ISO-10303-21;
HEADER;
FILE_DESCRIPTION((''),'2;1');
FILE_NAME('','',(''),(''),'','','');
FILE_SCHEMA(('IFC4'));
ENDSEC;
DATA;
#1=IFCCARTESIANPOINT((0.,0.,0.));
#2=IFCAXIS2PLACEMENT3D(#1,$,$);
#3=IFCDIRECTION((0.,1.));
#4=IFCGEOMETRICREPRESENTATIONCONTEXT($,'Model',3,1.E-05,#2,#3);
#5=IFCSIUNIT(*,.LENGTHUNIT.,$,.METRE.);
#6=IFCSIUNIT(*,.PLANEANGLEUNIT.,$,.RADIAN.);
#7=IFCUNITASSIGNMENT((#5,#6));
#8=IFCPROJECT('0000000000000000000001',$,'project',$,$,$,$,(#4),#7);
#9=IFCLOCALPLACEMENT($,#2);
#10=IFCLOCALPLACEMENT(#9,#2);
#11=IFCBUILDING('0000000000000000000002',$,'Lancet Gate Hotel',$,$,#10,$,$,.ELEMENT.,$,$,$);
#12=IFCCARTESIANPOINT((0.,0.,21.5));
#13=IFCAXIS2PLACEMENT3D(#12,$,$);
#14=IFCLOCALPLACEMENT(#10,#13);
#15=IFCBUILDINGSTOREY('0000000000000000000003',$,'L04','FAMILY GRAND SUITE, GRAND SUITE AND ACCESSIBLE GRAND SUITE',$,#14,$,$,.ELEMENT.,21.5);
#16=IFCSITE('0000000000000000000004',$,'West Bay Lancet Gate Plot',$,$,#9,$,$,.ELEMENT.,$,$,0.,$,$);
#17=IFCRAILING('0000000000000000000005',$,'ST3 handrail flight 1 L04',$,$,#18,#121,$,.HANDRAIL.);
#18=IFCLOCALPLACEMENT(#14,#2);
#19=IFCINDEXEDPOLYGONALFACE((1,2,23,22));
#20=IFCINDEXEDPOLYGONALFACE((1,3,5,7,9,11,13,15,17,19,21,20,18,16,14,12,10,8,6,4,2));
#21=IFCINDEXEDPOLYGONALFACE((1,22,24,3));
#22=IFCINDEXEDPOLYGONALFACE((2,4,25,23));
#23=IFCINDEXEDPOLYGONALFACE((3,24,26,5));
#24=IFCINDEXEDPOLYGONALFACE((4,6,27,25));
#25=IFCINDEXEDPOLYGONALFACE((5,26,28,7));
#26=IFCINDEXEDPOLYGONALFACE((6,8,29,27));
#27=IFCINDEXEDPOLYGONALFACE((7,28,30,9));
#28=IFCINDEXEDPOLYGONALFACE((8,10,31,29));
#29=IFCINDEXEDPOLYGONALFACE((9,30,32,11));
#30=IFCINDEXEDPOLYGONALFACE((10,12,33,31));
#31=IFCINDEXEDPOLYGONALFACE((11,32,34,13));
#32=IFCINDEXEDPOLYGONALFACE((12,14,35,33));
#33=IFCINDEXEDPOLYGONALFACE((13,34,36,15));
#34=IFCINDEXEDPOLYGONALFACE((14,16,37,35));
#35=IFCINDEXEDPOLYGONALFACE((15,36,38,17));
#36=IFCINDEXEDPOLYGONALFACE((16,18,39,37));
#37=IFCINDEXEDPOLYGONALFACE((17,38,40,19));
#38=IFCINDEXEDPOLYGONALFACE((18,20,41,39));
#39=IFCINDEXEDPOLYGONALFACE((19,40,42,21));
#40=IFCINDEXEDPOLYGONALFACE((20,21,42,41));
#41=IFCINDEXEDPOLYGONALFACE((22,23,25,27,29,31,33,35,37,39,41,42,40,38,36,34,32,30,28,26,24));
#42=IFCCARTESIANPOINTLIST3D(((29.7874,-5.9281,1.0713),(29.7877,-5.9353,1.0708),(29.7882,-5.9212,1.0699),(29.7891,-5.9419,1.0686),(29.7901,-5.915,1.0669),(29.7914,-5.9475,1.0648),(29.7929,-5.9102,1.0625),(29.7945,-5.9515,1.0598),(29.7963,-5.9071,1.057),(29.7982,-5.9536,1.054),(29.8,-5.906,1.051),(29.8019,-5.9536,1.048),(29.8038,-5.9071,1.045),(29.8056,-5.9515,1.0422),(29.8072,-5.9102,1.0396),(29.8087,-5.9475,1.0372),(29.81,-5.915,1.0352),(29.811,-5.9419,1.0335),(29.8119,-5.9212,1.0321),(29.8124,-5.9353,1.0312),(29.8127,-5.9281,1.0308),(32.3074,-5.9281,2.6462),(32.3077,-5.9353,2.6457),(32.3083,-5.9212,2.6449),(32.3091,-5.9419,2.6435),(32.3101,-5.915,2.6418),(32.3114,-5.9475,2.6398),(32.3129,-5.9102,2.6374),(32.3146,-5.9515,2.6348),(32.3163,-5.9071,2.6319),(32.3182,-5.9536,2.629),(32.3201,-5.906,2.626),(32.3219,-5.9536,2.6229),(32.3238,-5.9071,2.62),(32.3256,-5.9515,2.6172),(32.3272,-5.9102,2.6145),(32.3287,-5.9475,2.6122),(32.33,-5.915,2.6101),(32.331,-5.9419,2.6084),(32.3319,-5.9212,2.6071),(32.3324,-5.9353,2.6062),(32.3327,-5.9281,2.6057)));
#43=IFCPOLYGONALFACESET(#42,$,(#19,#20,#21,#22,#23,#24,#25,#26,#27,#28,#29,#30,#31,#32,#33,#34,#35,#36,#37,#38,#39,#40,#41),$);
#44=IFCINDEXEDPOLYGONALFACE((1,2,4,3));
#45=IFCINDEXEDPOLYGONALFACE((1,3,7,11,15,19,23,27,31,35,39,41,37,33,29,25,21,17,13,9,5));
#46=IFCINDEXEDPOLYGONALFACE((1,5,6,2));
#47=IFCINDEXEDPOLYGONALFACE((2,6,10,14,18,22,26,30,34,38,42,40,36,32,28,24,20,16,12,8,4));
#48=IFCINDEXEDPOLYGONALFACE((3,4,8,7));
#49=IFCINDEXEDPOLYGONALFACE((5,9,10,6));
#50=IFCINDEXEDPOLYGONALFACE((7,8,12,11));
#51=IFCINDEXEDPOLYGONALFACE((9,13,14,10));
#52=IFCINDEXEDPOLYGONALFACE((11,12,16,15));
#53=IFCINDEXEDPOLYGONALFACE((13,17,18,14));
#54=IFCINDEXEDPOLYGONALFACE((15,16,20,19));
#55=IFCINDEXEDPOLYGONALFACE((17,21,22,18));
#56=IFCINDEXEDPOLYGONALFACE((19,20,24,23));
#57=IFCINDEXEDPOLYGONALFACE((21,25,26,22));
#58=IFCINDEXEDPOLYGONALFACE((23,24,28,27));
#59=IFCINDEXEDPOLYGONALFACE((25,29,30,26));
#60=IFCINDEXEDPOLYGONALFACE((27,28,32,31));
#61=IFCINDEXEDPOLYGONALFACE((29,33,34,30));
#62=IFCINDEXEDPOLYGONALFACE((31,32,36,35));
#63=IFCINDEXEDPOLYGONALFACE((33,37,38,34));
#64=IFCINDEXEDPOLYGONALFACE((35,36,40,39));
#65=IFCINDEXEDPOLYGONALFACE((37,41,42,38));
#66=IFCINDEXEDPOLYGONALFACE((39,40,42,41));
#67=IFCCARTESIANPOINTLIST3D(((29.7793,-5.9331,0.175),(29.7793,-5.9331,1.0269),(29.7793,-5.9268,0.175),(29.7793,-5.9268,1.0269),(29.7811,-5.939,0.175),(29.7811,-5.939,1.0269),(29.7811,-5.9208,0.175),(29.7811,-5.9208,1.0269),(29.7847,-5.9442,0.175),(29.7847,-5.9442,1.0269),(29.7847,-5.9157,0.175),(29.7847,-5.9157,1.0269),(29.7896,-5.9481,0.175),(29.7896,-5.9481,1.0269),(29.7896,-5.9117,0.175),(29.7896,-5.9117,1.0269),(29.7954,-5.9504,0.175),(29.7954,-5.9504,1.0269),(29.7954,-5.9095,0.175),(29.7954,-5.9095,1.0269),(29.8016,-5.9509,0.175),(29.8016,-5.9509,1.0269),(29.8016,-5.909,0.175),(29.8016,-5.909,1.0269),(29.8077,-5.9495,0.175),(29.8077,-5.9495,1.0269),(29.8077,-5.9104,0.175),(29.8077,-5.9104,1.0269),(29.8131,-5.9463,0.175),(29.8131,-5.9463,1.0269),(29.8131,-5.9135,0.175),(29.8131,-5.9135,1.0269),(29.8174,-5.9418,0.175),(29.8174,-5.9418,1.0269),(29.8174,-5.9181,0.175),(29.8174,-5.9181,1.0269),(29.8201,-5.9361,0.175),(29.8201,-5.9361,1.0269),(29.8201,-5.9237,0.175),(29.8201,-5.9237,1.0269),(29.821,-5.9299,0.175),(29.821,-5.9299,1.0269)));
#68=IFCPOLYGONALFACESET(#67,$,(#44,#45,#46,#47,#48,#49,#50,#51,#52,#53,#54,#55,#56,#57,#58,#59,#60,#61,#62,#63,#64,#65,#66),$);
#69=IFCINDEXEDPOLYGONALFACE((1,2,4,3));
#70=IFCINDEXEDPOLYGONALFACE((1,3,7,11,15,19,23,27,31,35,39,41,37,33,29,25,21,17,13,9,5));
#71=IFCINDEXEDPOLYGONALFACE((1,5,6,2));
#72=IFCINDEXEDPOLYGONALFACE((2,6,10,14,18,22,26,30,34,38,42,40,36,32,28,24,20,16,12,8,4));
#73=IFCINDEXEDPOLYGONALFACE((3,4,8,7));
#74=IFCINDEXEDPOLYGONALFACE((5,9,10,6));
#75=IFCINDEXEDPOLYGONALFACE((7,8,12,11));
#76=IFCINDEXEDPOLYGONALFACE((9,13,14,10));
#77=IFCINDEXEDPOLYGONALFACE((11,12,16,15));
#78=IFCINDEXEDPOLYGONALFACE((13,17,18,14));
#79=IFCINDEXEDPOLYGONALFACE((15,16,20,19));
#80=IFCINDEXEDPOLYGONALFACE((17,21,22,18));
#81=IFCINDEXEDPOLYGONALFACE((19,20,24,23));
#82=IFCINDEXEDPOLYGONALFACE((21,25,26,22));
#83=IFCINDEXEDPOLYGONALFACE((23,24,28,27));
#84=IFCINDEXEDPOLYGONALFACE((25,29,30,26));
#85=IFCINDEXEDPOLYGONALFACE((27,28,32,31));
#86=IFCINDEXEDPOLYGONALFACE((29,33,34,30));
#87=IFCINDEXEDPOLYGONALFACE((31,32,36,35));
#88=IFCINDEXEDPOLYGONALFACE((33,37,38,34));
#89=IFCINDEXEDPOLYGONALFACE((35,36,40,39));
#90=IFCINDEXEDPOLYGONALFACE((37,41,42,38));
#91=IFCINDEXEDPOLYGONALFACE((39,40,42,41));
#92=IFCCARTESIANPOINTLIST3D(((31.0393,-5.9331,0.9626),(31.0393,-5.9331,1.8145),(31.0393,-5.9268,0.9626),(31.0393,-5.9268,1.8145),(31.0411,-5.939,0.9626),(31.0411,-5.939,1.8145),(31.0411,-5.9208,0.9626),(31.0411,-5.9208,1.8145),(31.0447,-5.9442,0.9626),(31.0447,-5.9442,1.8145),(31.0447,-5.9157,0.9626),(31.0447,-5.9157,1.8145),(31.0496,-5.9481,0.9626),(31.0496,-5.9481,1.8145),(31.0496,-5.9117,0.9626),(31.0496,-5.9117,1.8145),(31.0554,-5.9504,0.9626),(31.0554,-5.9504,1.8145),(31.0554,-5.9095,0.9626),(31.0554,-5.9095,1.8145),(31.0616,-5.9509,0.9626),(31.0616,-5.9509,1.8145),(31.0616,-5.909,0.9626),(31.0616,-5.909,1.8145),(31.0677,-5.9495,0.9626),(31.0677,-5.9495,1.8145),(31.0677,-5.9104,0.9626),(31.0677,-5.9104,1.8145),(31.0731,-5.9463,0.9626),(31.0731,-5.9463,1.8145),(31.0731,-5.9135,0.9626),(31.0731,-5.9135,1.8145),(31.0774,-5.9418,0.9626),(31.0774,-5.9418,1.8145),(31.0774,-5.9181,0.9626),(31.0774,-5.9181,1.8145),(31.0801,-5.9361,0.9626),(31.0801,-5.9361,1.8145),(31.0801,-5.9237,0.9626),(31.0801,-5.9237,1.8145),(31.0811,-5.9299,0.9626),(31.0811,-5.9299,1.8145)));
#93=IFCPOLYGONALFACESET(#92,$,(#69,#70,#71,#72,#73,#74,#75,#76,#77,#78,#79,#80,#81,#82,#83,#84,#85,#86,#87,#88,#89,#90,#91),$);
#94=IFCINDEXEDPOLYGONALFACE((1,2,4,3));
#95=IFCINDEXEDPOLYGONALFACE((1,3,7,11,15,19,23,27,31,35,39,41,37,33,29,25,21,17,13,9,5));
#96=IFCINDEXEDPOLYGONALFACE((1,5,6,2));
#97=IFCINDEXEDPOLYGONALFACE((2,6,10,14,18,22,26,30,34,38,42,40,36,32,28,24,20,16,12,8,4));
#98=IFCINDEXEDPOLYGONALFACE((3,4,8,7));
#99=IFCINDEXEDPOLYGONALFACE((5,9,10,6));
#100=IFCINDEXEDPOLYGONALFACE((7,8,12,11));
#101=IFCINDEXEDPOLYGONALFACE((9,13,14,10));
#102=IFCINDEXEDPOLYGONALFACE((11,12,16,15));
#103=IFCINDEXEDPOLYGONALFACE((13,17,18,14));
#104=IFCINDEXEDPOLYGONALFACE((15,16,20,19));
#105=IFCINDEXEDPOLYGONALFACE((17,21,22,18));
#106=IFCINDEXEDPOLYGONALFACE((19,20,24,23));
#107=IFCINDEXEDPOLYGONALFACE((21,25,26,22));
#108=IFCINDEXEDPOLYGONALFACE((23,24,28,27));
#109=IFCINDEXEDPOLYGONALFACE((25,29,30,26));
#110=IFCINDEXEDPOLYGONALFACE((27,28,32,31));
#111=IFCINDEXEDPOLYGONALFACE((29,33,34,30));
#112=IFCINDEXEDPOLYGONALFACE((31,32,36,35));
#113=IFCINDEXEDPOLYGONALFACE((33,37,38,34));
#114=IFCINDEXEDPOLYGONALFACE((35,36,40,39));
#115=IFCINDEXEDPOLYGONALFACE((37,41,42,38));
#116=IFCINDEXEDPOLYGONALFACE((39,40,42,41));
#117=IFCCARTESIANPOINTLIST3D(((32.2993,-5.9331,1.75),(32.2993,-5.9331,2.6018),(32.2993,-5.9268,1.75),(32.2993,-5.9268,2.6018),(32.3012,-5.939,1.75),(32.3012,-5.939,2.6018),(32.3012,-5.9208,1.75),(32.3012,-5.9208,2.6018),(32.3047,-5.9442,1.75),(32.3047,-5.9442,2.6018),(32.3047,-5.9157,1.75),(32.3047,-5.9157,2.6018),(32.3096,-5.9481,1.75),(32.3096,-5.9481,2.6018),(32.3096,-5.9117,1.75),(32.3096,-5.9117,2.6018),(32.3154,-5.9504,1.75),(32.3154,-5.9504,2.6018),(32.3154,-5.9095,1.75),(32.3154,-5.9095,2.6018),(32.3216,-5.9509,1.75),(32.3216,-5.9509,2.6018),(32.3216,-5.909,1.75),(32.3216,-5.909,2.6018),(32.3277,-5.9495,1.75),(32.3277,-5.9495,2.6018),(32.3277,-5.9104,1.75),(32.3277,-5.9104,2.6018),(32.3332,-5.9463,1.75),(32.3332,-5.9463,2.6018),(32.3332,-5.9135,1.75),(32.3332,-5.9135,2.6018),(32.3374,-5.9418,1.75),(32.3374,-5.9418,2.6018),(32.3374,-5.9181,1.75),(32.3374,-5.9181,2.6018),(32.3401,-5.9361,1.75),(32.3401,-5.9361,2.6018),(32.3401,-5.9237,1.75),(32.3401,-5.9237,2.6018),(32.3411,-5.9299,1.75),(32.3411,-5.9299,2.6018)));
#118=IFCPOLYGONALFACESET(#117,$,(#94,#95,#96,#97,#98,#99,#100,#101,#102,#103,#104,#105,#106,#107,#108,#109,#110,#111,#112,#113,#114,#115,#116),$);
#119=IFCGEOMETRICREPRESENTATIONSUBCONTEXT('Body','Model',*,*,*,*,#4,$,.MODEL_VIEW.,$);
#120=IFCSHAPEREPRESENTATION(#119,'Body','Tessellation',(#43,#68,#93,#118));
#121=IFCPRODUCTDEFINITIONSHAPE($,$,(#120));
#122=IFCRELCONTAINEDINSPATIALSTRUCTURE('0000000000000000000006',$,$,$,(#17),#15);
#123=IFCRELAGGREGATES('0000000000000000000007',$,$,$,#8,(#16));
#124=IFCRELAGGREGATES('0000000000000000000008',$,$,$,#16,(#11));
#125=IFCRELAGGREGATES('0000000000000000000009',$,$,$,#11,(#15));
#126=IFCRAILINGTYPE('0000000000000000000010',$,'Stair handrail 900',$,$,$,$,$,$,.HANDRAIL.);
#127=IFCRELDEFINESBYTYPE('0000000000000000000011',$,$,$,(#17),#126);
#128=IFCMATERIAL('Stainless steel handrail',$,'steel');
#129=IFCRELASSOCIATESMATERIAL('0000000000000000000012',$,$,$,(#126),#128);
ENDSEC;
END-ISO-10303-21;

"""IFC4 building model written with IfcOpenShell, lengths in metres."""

from ifc_helpers import new_model, si_unit, direction, frame, origin, origin_2d, place, context, subcontext, project, spatial, circle, extrude, material, type_object, element, save


model = new_model("IFC4")

# Units and contexts
model_context = context("Model", 3, precision=1e-05, world=origin(), true_north=direction((0.0, 1.0)))
body_context = subcontext(model_context, "Body", "Model", "MODEL_VIEW")
ifc_project = project(units=[si_unit("LENGTHUNIT", "METRE"), si_unit("PLANEANGLEUNIT", "RADIAN")], contexts=[model_context])

# Site, building, storey
site_placement = place(None, origin())
site = spatial("IfcSite", under=ifc_project, at=site_placement, Name="West Bay Lancet Gate Plot", CompositionType="ELEMENT", RefElevation=0.0)
building_placement = place(site_placement, origin())
building = spatial("IfcBuilding", under=site, at=building_placement, Name="Lancet Gate Hotel", CompositionType="ELEMENT")
storey_placement = place(building_placement, frame((0.0, 0.0, 21.5)))
storey = spatial("IfcBuildingStorey", under=building, at=storey_placement, Name="L04", Description="FAMILY GRAND SUITE, GRAND SUITE AND ACCESSIBLE GRAND SUITE", CompositionType="ELEMENT", Elevation=21.5)

# Railing
ifc_material_1 = material(Name="Stainless steel handrail", Category="steel")
railing_type = type_object("IfcRailingType", Name="Stair handrail 900", PredefinedType="HANDRAIL", material=ifc_material_1)
railing_1_placement = place(storey_placement, frame((29.8, -5.9299, 0.175)))
element("IfcRailing", 1, at=railing_1_placement, inside=storey, type_object=railing_type, Name="ST3 handrail flight 1 L04", PredefinedType="HANDRAIL", context=body_context, shape_type="SweptSolid", body=[
    extrude(circle(Radius=0.0239, at=origin_2d()), frame((0.0, 0.0, 0.876), z_axis=(0.848008, 0.0, 0.529984), x_axis=(0.0, 1.0, 0.0)), (0.0, 0.0, 1.0), 2.9717),
    extrude(circle(Radius=0.021, at=origin_2d()), origin(), (0.0, 0.0, 1.0), 0.8518),
    extrude(circle(Radius=0.021, at=origin_2d()), frame((1.26, 0.0, 0.7876)), (0.0, 0.0, 1.0), 0.8518),
    extrude(circle(Radius=0.021, at=origin_2d()), frame((2.52, 0.0, 1.575)), (0.0, 0.0, 1.0), 0.8518),
])

save(model, "model.ifc")
